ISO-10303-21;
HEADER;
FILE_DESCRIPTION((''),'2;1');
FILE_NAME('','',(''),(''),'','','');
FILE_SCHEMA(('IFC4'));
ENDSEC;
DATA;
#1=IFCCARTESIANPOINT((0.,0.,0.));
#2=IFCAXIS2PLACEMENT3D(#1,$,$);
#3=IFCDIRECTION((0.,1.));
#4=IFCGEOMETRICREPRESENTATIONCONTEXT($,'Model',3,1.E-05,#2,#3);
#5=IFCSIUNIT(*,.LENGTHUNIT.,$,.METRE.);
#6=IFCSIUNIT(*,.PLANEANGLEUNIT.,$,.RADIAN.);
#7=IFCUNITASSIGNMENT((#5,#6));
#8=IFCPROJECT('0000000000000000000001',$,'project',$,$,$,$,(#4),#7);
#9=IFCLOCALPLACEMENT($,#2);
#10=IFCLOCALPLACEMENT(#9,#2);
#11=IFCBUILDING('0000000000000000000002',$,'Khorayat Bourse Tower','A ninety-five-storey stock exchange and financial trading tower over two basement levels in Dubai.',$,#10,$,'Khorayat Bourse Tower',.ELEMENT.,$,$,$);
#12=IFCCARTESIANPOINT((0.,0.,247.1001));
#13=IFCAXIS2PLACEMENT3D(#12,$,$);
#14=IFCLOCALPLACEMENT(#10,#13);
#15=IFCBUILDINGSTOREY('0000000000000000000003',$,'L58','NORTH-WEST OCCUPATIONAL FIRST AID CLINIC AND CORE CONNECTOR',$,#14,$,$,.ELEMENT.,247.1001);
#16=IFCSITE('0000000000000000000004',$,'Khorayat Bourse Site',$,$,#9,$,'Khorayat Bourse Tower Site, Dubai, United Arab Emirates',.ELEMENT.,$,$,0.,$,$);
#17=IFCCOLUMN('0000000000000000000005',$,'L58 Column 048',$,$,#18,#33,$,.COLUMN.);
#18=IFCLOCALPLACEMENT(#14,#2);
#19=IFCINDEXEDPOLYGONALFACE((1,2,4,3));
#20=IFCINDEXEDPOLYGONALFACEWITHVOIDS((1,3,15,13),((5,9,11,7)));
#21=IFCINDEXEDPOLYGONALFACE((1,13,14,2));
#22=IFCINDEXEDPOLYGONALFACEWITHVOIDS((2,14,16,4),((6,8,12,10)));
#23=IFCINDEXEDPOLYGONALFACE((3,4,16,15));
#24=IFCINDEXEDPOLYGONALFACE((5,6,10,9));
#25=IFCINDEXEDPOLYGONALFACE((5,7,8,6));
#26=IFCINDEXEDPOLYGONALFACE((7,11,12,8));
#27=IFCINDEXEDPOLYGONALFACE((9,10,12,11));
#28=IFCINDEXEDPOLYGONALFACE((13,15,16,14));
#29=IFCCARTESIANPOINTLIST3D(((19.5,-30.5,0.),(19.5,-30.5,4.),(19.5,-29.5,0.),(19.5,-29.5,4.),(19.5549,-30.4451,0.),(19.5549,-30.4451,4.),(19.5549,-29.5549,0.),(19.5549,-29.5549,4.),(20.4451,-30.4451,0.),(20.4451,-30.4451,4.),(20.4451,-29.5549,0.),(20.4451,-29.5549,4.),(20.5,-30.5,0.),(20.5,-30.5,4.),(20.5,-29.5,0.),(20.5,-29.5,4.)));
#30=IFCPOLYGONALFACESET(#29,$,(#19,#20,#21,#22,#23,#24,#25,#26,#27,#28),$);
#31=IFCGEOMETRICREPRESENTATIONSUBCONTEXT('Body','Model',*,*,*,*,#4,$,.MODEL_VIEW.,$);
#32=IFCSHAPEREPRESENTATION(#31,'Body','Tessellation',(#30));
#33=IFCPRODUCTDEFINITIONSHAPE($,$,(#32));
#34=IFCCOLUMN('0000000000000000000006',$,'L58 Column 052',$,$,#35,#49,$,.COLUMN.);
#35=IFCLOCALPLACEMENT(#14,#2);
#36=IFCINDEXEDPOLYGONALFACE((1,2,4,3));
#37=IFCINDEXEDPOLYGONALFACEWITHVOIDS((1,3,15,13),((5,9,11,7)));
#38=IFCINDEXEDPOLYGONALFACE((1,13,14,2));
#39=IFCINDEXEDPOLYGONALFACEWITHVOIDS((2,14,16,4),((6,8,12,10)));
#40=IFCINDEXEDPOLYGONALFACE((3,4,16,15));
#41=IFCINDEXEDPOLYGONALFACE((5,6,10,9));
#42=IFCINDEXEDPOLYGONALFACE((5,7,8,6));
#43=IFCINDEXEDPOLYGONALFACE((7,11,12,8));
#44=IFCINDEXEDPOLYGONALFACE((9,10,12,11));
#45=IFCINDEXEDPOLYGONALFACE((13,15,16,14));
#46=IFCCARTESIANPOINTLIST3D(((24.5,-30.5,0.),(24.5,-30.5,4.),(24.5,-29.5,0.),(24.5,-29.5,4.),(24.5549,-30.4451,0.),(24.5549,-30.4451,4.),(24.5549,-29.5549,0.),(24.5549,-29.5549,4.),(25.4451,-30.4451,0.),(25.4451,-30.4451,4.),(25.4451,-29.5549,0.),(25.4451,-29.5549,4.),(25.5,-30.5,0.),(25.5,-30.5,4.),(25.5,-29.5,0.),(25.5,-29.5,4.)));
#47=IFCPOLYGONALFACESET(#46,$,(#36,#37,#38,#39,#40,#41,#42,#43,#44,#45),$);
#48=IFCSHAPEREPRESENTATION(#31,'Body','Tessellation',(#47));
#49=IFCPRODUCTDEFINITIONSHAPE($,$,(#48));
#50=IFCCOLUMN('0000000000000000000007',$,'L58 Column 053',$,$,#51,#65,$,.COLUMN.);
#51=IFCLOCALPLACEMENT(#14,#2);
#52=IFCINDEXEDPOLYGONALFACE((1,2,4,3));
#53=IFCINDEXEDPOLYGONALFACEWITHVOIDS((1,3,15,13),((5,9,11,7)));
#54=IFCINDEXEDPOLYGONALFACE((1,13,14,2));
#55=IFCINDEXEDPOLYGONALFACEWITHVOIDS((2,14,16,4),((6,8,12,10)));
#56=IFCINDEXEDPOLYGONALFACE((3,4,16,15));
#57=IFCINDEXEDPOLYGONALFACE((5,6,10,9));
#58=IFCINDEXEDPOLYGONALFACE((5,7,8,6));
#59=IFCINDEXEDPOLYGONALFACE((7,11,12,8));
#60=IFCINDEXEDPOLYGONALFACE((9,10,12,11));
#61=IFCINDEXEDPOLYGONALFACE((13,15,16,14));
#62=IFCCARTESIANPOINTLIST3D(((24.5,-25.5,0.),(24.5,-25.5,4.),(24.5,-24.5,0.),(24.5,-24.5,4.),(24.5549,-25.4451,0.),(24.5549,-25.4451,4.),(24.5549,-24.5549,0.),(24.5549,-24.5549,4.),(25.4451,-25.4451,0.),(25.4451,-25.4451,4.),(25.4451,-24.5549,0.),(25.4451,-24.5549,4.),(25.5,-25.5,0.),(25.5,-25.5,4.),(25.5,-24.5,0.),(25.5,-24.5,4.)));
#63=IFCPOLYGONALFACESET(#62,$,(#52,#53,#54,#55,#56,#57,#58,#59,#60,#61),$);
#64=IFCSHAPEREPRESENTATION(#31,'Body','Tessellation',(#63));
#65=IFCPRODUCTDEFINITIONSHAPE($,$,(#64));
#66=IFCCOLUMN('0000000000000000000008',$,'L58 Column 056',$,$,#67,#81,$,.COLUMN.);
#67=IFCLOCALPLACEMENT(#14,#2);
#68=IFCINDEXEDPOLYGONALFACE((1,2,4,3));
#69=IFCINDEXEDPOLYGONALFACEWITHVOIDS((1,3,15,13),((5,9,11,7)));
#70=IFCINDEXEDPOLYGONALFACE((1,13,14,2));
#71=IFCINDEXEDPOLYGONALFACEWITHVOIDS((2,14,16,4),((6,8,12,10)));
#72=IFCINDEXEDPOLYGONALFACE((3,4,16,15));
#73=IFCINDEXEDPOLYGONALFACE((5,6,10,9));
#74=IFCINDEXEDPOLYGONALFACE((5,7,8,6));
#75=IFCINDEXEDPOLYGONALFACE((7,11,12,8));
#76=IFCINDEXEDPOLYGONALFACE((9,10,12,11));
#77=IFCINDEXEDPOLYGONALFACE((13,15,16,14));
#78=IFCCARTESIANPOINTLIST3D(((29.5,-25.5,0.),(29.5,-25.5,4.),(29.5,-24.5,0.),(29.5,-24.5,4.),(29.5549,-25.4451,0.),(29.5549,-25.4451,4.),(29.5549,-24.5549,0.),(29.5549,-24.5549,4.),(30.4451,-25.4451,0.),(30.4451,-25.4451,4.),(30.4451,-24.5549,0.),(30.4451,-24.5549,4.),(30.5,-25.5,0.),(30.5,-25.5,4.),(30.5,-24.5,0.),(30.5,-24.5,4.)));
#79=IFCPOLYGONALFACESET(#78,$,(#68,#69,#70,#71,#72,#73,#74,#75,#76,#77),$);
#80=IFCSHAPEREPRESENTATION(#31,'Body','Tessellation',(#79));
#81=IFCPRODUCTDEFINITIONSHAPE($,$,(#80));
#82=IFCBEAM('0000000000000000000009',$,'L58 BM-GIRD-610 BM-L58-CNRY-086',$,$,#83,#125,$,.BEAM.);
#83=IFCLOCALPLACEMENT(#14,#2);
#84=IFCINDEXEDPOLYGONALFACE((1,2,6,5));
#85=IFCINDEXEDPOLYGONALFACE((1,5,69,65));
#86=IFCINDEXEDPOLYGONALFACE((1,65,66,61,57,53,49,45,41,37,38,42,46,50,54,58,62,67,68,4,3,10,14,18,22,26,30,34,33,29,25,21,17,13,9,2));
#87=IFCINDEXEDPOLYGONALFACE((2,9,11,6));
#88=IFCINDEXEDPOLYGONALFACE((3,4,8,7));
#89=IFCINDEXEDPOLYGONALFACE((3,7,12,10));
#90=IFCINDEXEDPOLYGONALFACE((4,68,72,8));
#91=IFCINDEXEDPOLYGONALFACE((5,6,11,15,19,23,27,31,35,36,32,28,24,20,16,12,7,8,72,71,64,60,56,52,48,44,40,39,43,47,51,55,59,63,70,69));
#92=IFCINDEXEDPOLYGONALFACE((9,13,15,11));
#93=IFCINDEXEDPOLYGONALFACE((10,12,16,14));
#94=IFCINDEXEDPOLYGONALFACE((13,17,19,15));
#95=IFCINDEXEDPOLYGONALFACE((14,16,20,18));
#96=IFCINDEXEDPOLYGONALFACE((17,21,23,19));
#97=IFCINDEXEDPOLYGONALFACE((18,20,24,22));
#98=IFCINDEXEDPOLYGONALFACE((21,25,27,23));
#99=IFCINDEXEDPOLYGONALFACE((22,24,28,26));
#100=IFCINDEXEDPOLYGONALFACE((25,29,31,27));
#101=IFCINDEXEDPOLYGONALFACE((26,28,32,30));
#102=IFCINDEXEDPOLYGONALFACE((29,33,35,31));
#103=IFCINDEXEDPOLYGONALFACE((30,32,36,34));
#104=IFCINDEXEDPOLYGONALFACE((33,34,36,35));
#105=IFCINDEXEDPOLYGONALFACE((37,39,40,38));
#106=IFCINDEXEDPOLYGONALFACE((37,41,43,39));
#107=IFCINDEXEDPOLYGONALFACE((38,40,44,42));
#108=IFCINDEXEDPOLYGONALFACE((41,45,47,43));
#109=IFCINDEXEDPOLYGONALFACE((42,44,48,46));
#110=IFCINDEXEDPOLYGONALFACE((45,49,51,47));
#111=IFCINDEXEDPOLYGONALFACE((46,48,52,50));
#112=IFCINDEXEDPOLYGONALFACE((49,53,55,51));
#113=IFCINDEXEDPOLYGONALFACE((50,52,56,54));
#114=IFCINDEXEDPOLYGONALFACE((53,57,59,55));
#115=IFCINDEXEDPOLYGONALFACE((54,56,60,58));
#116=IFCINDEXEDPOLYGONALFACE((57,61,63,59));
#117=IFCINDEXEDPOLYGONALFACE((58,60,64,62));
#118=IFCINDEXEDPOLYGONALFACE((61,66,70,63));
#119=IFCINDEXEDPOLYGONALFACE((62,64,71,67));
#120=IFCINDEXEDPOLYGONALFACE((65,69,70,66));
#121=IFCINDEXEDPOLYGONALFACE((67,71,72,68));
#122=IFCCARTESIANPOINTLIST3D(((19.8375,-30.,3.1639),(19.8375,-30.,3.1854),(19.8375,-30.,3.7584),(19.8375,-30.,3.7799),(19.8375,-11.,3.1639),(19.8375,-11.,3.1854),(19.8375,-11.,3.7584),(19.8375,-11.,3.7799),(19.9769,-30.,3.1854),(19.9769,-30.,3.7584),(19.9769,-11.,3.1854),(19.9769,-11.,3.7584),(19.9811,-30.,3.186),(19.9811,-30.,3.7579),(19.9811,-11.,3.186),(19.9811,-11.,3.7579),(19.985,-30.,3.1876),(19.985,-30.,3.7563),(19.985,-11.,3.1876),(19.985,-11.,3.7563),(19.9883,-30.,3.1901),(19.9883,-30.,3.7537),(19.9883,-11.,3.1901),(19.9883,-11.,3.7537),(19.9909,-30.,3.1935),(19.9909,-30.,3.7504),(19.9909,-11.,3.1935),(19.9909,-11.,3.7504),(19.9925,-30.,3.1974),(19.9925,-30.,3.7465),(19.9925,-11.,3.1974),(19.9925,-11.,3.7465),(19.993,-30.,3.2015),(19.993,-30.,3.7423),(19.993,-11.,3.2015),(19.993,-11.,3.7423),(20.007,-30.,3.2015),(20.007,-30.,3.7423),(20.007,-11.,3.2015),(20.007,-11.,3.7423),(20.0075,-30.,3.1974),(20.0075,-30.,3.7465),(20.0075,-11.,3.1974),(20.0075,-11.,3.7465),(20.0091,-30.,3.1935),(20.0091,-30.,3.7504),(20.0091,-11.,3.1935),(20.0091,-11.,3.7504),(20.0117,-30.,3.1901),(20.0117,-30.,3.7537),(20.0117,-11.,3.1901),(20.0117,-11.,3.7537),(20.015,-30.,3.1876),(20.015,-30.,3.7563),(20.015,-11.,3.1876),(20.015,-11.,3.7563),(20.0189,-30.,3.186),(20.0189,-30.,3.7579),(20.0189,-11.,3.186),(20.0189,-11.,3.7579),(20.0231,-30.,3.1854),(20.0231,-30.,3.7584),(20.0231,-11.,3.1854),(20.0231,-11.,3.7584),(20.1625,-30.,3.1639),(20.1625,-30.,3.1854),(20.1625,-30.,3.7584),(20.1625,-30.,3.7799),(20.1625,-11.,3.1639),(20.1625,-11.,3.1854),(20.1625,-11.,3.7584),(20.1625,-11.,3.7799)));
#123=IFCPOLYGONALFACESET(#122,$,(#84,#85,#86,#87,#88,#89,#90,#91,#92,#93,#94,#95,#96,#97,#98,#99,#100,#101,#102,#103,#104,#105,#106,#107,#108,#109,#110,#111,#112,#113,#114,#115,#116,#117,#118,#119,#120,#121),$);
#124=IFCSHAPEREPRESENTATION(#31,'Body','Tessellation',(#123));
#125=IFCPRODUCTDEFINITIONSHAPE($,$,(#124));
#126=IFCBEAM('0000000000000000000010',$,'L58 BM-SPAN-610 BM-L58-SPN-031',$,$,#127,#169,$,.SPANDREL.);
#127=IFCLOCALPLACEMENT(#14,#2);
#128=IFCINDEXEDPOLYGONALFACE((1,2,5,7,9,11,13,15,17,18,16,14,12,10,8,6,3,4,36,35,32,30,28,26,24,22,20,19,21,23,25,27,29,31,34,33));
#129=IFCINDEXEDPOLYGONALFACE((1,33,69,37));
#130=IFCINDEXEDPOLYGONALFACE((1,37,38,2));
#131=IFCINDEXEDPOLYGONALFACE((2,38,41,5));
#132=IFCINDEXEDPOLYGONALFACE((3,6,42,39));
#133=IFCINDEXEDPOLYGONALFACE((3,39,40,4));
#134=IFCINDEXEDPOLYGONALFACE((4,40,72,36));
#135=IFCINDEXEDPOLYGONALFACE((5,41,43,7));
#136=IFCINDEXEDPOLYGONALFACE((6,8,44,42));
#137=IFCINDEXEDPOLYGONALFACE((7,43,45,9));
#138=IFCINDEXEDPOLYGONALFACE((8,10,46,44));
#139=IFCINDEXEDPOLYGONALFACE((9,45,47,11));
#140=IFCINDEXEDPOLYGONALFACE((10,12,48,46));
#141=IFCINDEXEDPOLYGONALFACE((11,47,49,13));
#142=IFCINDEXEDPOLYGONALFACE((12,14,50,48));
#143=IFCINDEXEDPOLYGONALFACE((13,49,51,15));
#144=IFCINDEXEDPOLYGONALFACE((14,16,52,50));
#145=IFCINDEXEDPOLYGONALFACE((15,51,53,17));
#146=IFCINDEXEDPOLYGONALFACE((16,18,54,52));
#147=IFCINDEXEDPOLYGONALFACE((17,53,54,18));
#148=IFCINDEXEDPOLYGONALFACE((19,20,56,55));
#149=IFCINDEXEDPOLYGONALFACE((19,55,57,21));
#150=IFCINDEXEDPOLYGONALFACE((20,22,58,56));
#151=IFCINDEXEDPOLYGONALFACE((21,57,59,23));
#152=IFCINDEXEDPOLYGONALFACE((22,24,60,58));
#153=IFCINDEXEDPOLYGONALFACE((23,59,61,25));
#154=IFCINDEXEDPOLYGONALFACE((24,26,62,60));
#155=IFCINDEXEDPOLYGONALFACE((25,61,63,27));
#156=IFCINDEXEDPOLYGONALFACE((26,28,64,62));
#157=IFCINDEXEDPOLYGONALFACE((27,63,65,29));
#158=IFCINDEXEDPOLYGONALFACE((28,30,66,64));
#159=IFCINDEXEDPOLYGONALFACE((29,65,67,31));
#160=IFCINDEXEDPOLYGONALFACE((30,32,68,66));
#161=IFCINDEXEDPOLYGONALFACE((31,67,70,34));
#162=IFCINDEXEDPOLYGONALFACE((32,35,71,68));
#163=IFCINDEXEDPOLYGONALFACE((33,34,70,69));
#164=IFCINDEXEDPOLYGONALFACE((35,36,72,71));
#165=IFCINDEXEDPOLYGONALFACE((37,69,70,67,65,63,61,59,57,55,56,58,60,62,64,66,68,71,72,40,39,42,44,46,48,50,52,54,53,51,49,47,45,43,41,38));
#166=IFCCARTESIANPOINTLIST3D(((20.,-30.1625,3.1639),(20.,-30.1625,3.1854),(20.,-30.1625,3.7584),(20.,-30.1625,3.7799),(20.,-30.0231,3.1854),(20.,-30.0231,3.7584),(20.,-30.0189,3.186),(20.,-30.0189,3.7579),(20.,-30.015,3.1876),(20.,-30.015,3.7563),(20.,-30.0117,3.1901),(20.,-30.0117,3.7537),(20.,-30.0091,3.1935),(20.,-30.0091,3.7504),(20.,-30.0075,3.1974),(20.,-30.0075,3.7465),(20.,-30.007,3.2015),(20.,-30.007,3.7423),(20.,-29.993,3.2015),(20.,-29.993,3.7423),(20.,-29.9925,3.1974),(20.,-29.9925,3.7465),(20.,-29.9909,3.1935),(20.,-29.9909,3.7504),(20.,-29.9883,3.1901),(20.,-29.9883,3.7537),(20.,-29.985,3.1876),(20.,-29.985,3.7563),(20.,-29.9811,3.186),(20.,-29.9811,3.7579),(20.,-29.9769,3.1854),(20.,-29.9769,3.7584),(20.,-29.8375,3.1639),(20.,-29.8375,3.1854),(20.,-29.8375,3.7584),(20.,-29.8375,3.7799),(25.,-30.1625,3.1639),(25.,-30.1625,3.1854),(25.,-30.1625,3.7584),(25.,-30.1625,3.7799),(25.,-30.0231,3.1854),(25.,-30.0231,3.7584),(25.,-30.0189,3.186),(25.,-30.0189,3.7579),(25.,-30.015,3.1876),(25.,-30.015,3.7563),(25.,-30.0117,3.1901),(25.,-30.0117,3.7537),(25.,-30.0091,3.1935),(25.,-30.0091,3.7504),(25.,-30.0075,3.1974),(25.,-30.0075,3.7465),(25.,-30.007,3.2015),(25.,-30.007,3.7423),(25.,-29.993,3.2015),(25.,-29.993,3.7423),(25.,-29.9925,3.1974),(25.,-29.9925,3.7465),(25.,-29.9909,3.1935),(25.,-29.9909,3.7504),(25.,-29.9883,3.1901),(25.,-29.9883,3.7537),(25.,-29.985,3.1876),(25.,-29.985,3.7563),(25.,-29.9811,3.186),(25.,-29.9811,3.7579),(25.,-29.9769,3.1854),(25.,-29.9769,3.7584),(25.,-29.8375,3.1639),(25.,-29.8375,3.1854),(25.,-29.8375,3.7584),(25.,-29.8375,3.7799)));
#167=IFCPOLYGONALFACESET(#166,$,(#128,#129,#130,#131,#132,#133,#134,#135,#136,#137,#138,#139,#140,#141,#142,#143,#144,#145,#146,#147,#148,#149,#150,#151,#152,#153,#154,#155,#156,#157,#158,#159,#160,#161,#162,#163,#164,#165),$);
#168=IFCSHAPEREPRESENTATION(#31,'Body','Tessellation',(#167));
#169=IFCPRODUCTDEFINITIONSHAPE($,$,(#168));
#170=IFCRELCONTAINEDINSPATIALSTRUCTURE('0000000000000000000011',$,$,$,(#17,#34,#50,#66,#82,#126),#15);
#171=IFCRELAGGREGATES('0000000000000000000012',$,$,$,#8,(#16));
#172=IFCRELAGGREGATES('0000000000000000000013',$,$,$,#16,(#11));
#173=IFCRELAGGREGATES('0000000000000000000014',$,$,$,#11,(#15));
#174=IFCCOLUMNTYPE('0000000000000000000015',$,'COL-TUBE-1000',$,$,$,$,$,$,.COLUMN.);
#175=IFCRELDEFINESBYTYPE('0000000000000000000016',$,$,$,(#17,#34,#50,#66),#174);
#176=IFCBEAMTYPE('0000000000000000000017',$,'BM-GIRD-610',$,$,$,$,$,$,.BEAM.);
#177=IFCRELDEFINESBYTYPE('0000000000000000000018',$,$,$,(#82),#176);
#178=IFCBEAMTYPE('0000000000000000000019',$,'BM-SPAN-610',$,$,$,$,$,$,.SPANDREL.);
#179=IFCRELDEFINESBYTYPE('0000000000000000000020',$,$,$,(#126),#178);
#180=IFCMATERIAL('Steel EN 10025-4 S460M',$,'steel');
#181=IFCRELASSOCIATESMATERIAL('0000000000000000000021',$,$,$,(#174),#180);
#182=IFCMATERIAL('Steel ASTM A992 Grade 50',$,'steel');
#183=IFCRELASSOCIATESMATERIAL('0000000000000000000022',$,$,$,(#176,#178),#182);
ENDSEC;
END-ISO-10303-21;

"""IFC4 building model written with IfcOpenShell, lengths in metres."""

from ifc_helpers import new_model, si_unit, direction, frame, origin, origin_2d, place, context, subcontext, project, spatial, hollow_rectangle, i_section, extrude, source, transform, mapped, material, material_profile, profile_set, type_object, element, save


model = new_model("IFC4")

# Units and contexts
model_context = context("Model", 3, precision=1e-05, world=origin(), true_north=direction((0.0, 1.0)))
body_context = subcontext(model_context, "Body", "Model", "MODEL_VIEW")
ifc_project = project(units=[si_unit("LENGTHUNIT", "METRE"), si_unit("PLANEANGLEUNIT", "RADIAN")], contexts=[model_context])

# Site, building, storey
site_placement = place(None, origin())
site = spatial("IfcSite", under=ifc_project, at=site_placement, Name="Khorayat Bourse Site", LongName="Khorayat Bourse Tower Site, Dubai, United Arab Emirates", CompositionType="ELEMENT", RefElevation=0.0)
building_placement = place(site_placement, origin())
building = spatial("IfcBuilding", under=site, at=building_placement, Name="Khorayat Bourse Tower", Description="A ninety-five-storey stock exchange and financial trading tower over two basement levels in Dubai.", LongName="Khorayat Bourse Tower", CompositionType="ELEMENT")
storey_placement = place(building_placement, frame((0.0, 0.0, 247.1001)))
storey = spatial("IfcBuildingStorey", under=building, at=storey_placement, Name="L58", Description="NORTH-WEST OCCUPATIONAL FIRST AID CLINIC AND CORE CONNECTOR", CompositionType="ELEMENT", Elevation=247.1001)

# Columns
ifc_material_1 = material(Name="Steel EN 10025-4 S460M", Category="steel")
ifc_material_profile_1 = material_profile(ifc_material_1, hollow_rectangle(XDim=1.0, YDim=1.0, WallThickness=0.0549, at=origin_2d()), Name="BOX 1000x1000x55")
ifc_profile_set_1 = profile_set([ifc_material_profile_1], Name="Steel EN 10025-4 S460M")
column_type = type_object("IfcColumnType", Name="COL-TUBE-1000", PredefinedType="COLUMN", material=ifc_profile_set_1)
shared_shape_1 = source(origin(), body_context, "Body", "SweptSolid", [
    extrude(hollow_rectangle(XDim=1.0, YDim=1.0, WallThickness=0.0549, at=origin_2d()), origin(), (0.0, 0.0, 1.0), 4.0),
])
for number, where, z_axis, x_axis, name in (
    (1, (20.0, -30.0, 0.0), (0.0, 0.0, 1.0), (1.0, 0.0, 0.0), "L58 Column 048"),
    (2, (25.0, -30.0, 0.0), (0.0, 0.0, 1.0), (1.0, 0.0, 0.0), "L58 Column 052"),
    (3, (25.0, -25.0, 0.0), (0.0, 0.0, 1.0), (1.0, 0.0, 0.0), "L58 Column 053"),
    (4, (30.0, -25.0, 0.0), (0.0, 0.0, 1.0), (1.0, 0.0, 0.0), "L58 Column 056"),
):
    element("IfcColumn", number, at=place(storey_placement, frame(where, z_axis=z_axis, x_axis=x_axis)), inside=storey, type_object=column_type, Name=name, PredefinedType="COLUMN", context=body_context, shape_type="MappedRepresentation", body=[
        mapped(shared_shape_1, transform((0.0, 0.0, 0.0), scale=1.0)),
    ])

# Beams
ifc_material_2 = material(Name="Steel ASTM A992 Grade 50", Category="steel")
ifc_material_profile_2 = material_profile(ifc_material_2, i_section(OverallWidth=0.325, OverallDepth=0.616, WebThickness=0.0139, FlangeThickness=0.0215, FilletRadius=0.0161, at=origin_2d()), Name="W610X174")
ifc_profile_set_2 = profile_set([ifc_material_profile_2], Name="Steel ASTM A992 Grade 50")
beam_type_1 = type_object("IfcBeamType", Name="BM-GIRD-610", PredefinedType="BEAM", material=ifc_profile_set_2)
shared_shape_2 = source(origin(), body_context, "Body", "SweptSolid", [
    extrude(i_section(OverallWidth=0.325, OverallDepth=0.616, WebThickness=0.0139, FlangeThickness=0.0215, FilletRadius=0.0161, at=origin_2d()), origin(), (0.0, 0.0, 1.0), 19.0),
])
beam_1_placement = place(storey_placement, frame((20.0, -30.0, 3.4719), z_axis=(0.0, 1.0, 0.0), x_axis=(-1.0, 0.0, 0.0)))
element("IfcBeam", 5, at=beam_1_placement, inside=storey, type_object=beam_type_1, Name="L58 BM-GIRD-610 BM-L58-CNRY-086", PredefinedType="BEAM", context=body_context, shape_type="MappedRepresentation", body=[
    mapped(shared_shape_2, transform((0.0, 0.0, 0.0), scale=1.0)),
])
ifc_material_profile_3 = material_profile(ifc_material_2, i_section(OverallWidth=0.325, OverallDepth=0.616, WebThickness=0.0139, FlangeThickness=0.0215, FilletRadius=0.0161, at=origin_2d()), Name="W610X174")
ifc_profile_set_3 = profile_set([ifc_material_profile_3], Name="Steel ASTM A992 Grade 50")
beam_type_2 = type_object("IfcBeamType", Name="BM-SPAN-610", PredefinedType="SPANDREL", material=ifc_profile_set_3)
shared_shape_3 = source(origin(), body_context, "Body", "SweptSolid", [
    extrude(i_section(OverallWidth=0.325, OverallDepth=0.616, WebThickness=0.0139, FlangeThickness=0.0215, FilletRadius=0.0161, at=origin_2d()), origin(), (0.0, 0.0, 1.0), 5.0),
])
for number, where, z_axis, x_axis, name in (
    (6, (20.0, -30.0, 3.4719), (1.0, 0.0, 0.0), (0.0, 1.0, 0.0), "L58 BM-SPAN-610 BM-L58-SPN-031"),
):
    element("IfcBeam", number, at=place(storey_placement, frame(where, z_axis=z_axis, x_axis=x_axis)), inside=storey, type_object=beam_type_2, Name=name, PredefinedType="SPANDREL", context=body_context, shape_type="MappedRepresentation", body=[
        mapped(shared_shape_3, transform((0.0, 0.0, 0.0), scale=1.0)),
    ])

save(model, "model.ifc")
